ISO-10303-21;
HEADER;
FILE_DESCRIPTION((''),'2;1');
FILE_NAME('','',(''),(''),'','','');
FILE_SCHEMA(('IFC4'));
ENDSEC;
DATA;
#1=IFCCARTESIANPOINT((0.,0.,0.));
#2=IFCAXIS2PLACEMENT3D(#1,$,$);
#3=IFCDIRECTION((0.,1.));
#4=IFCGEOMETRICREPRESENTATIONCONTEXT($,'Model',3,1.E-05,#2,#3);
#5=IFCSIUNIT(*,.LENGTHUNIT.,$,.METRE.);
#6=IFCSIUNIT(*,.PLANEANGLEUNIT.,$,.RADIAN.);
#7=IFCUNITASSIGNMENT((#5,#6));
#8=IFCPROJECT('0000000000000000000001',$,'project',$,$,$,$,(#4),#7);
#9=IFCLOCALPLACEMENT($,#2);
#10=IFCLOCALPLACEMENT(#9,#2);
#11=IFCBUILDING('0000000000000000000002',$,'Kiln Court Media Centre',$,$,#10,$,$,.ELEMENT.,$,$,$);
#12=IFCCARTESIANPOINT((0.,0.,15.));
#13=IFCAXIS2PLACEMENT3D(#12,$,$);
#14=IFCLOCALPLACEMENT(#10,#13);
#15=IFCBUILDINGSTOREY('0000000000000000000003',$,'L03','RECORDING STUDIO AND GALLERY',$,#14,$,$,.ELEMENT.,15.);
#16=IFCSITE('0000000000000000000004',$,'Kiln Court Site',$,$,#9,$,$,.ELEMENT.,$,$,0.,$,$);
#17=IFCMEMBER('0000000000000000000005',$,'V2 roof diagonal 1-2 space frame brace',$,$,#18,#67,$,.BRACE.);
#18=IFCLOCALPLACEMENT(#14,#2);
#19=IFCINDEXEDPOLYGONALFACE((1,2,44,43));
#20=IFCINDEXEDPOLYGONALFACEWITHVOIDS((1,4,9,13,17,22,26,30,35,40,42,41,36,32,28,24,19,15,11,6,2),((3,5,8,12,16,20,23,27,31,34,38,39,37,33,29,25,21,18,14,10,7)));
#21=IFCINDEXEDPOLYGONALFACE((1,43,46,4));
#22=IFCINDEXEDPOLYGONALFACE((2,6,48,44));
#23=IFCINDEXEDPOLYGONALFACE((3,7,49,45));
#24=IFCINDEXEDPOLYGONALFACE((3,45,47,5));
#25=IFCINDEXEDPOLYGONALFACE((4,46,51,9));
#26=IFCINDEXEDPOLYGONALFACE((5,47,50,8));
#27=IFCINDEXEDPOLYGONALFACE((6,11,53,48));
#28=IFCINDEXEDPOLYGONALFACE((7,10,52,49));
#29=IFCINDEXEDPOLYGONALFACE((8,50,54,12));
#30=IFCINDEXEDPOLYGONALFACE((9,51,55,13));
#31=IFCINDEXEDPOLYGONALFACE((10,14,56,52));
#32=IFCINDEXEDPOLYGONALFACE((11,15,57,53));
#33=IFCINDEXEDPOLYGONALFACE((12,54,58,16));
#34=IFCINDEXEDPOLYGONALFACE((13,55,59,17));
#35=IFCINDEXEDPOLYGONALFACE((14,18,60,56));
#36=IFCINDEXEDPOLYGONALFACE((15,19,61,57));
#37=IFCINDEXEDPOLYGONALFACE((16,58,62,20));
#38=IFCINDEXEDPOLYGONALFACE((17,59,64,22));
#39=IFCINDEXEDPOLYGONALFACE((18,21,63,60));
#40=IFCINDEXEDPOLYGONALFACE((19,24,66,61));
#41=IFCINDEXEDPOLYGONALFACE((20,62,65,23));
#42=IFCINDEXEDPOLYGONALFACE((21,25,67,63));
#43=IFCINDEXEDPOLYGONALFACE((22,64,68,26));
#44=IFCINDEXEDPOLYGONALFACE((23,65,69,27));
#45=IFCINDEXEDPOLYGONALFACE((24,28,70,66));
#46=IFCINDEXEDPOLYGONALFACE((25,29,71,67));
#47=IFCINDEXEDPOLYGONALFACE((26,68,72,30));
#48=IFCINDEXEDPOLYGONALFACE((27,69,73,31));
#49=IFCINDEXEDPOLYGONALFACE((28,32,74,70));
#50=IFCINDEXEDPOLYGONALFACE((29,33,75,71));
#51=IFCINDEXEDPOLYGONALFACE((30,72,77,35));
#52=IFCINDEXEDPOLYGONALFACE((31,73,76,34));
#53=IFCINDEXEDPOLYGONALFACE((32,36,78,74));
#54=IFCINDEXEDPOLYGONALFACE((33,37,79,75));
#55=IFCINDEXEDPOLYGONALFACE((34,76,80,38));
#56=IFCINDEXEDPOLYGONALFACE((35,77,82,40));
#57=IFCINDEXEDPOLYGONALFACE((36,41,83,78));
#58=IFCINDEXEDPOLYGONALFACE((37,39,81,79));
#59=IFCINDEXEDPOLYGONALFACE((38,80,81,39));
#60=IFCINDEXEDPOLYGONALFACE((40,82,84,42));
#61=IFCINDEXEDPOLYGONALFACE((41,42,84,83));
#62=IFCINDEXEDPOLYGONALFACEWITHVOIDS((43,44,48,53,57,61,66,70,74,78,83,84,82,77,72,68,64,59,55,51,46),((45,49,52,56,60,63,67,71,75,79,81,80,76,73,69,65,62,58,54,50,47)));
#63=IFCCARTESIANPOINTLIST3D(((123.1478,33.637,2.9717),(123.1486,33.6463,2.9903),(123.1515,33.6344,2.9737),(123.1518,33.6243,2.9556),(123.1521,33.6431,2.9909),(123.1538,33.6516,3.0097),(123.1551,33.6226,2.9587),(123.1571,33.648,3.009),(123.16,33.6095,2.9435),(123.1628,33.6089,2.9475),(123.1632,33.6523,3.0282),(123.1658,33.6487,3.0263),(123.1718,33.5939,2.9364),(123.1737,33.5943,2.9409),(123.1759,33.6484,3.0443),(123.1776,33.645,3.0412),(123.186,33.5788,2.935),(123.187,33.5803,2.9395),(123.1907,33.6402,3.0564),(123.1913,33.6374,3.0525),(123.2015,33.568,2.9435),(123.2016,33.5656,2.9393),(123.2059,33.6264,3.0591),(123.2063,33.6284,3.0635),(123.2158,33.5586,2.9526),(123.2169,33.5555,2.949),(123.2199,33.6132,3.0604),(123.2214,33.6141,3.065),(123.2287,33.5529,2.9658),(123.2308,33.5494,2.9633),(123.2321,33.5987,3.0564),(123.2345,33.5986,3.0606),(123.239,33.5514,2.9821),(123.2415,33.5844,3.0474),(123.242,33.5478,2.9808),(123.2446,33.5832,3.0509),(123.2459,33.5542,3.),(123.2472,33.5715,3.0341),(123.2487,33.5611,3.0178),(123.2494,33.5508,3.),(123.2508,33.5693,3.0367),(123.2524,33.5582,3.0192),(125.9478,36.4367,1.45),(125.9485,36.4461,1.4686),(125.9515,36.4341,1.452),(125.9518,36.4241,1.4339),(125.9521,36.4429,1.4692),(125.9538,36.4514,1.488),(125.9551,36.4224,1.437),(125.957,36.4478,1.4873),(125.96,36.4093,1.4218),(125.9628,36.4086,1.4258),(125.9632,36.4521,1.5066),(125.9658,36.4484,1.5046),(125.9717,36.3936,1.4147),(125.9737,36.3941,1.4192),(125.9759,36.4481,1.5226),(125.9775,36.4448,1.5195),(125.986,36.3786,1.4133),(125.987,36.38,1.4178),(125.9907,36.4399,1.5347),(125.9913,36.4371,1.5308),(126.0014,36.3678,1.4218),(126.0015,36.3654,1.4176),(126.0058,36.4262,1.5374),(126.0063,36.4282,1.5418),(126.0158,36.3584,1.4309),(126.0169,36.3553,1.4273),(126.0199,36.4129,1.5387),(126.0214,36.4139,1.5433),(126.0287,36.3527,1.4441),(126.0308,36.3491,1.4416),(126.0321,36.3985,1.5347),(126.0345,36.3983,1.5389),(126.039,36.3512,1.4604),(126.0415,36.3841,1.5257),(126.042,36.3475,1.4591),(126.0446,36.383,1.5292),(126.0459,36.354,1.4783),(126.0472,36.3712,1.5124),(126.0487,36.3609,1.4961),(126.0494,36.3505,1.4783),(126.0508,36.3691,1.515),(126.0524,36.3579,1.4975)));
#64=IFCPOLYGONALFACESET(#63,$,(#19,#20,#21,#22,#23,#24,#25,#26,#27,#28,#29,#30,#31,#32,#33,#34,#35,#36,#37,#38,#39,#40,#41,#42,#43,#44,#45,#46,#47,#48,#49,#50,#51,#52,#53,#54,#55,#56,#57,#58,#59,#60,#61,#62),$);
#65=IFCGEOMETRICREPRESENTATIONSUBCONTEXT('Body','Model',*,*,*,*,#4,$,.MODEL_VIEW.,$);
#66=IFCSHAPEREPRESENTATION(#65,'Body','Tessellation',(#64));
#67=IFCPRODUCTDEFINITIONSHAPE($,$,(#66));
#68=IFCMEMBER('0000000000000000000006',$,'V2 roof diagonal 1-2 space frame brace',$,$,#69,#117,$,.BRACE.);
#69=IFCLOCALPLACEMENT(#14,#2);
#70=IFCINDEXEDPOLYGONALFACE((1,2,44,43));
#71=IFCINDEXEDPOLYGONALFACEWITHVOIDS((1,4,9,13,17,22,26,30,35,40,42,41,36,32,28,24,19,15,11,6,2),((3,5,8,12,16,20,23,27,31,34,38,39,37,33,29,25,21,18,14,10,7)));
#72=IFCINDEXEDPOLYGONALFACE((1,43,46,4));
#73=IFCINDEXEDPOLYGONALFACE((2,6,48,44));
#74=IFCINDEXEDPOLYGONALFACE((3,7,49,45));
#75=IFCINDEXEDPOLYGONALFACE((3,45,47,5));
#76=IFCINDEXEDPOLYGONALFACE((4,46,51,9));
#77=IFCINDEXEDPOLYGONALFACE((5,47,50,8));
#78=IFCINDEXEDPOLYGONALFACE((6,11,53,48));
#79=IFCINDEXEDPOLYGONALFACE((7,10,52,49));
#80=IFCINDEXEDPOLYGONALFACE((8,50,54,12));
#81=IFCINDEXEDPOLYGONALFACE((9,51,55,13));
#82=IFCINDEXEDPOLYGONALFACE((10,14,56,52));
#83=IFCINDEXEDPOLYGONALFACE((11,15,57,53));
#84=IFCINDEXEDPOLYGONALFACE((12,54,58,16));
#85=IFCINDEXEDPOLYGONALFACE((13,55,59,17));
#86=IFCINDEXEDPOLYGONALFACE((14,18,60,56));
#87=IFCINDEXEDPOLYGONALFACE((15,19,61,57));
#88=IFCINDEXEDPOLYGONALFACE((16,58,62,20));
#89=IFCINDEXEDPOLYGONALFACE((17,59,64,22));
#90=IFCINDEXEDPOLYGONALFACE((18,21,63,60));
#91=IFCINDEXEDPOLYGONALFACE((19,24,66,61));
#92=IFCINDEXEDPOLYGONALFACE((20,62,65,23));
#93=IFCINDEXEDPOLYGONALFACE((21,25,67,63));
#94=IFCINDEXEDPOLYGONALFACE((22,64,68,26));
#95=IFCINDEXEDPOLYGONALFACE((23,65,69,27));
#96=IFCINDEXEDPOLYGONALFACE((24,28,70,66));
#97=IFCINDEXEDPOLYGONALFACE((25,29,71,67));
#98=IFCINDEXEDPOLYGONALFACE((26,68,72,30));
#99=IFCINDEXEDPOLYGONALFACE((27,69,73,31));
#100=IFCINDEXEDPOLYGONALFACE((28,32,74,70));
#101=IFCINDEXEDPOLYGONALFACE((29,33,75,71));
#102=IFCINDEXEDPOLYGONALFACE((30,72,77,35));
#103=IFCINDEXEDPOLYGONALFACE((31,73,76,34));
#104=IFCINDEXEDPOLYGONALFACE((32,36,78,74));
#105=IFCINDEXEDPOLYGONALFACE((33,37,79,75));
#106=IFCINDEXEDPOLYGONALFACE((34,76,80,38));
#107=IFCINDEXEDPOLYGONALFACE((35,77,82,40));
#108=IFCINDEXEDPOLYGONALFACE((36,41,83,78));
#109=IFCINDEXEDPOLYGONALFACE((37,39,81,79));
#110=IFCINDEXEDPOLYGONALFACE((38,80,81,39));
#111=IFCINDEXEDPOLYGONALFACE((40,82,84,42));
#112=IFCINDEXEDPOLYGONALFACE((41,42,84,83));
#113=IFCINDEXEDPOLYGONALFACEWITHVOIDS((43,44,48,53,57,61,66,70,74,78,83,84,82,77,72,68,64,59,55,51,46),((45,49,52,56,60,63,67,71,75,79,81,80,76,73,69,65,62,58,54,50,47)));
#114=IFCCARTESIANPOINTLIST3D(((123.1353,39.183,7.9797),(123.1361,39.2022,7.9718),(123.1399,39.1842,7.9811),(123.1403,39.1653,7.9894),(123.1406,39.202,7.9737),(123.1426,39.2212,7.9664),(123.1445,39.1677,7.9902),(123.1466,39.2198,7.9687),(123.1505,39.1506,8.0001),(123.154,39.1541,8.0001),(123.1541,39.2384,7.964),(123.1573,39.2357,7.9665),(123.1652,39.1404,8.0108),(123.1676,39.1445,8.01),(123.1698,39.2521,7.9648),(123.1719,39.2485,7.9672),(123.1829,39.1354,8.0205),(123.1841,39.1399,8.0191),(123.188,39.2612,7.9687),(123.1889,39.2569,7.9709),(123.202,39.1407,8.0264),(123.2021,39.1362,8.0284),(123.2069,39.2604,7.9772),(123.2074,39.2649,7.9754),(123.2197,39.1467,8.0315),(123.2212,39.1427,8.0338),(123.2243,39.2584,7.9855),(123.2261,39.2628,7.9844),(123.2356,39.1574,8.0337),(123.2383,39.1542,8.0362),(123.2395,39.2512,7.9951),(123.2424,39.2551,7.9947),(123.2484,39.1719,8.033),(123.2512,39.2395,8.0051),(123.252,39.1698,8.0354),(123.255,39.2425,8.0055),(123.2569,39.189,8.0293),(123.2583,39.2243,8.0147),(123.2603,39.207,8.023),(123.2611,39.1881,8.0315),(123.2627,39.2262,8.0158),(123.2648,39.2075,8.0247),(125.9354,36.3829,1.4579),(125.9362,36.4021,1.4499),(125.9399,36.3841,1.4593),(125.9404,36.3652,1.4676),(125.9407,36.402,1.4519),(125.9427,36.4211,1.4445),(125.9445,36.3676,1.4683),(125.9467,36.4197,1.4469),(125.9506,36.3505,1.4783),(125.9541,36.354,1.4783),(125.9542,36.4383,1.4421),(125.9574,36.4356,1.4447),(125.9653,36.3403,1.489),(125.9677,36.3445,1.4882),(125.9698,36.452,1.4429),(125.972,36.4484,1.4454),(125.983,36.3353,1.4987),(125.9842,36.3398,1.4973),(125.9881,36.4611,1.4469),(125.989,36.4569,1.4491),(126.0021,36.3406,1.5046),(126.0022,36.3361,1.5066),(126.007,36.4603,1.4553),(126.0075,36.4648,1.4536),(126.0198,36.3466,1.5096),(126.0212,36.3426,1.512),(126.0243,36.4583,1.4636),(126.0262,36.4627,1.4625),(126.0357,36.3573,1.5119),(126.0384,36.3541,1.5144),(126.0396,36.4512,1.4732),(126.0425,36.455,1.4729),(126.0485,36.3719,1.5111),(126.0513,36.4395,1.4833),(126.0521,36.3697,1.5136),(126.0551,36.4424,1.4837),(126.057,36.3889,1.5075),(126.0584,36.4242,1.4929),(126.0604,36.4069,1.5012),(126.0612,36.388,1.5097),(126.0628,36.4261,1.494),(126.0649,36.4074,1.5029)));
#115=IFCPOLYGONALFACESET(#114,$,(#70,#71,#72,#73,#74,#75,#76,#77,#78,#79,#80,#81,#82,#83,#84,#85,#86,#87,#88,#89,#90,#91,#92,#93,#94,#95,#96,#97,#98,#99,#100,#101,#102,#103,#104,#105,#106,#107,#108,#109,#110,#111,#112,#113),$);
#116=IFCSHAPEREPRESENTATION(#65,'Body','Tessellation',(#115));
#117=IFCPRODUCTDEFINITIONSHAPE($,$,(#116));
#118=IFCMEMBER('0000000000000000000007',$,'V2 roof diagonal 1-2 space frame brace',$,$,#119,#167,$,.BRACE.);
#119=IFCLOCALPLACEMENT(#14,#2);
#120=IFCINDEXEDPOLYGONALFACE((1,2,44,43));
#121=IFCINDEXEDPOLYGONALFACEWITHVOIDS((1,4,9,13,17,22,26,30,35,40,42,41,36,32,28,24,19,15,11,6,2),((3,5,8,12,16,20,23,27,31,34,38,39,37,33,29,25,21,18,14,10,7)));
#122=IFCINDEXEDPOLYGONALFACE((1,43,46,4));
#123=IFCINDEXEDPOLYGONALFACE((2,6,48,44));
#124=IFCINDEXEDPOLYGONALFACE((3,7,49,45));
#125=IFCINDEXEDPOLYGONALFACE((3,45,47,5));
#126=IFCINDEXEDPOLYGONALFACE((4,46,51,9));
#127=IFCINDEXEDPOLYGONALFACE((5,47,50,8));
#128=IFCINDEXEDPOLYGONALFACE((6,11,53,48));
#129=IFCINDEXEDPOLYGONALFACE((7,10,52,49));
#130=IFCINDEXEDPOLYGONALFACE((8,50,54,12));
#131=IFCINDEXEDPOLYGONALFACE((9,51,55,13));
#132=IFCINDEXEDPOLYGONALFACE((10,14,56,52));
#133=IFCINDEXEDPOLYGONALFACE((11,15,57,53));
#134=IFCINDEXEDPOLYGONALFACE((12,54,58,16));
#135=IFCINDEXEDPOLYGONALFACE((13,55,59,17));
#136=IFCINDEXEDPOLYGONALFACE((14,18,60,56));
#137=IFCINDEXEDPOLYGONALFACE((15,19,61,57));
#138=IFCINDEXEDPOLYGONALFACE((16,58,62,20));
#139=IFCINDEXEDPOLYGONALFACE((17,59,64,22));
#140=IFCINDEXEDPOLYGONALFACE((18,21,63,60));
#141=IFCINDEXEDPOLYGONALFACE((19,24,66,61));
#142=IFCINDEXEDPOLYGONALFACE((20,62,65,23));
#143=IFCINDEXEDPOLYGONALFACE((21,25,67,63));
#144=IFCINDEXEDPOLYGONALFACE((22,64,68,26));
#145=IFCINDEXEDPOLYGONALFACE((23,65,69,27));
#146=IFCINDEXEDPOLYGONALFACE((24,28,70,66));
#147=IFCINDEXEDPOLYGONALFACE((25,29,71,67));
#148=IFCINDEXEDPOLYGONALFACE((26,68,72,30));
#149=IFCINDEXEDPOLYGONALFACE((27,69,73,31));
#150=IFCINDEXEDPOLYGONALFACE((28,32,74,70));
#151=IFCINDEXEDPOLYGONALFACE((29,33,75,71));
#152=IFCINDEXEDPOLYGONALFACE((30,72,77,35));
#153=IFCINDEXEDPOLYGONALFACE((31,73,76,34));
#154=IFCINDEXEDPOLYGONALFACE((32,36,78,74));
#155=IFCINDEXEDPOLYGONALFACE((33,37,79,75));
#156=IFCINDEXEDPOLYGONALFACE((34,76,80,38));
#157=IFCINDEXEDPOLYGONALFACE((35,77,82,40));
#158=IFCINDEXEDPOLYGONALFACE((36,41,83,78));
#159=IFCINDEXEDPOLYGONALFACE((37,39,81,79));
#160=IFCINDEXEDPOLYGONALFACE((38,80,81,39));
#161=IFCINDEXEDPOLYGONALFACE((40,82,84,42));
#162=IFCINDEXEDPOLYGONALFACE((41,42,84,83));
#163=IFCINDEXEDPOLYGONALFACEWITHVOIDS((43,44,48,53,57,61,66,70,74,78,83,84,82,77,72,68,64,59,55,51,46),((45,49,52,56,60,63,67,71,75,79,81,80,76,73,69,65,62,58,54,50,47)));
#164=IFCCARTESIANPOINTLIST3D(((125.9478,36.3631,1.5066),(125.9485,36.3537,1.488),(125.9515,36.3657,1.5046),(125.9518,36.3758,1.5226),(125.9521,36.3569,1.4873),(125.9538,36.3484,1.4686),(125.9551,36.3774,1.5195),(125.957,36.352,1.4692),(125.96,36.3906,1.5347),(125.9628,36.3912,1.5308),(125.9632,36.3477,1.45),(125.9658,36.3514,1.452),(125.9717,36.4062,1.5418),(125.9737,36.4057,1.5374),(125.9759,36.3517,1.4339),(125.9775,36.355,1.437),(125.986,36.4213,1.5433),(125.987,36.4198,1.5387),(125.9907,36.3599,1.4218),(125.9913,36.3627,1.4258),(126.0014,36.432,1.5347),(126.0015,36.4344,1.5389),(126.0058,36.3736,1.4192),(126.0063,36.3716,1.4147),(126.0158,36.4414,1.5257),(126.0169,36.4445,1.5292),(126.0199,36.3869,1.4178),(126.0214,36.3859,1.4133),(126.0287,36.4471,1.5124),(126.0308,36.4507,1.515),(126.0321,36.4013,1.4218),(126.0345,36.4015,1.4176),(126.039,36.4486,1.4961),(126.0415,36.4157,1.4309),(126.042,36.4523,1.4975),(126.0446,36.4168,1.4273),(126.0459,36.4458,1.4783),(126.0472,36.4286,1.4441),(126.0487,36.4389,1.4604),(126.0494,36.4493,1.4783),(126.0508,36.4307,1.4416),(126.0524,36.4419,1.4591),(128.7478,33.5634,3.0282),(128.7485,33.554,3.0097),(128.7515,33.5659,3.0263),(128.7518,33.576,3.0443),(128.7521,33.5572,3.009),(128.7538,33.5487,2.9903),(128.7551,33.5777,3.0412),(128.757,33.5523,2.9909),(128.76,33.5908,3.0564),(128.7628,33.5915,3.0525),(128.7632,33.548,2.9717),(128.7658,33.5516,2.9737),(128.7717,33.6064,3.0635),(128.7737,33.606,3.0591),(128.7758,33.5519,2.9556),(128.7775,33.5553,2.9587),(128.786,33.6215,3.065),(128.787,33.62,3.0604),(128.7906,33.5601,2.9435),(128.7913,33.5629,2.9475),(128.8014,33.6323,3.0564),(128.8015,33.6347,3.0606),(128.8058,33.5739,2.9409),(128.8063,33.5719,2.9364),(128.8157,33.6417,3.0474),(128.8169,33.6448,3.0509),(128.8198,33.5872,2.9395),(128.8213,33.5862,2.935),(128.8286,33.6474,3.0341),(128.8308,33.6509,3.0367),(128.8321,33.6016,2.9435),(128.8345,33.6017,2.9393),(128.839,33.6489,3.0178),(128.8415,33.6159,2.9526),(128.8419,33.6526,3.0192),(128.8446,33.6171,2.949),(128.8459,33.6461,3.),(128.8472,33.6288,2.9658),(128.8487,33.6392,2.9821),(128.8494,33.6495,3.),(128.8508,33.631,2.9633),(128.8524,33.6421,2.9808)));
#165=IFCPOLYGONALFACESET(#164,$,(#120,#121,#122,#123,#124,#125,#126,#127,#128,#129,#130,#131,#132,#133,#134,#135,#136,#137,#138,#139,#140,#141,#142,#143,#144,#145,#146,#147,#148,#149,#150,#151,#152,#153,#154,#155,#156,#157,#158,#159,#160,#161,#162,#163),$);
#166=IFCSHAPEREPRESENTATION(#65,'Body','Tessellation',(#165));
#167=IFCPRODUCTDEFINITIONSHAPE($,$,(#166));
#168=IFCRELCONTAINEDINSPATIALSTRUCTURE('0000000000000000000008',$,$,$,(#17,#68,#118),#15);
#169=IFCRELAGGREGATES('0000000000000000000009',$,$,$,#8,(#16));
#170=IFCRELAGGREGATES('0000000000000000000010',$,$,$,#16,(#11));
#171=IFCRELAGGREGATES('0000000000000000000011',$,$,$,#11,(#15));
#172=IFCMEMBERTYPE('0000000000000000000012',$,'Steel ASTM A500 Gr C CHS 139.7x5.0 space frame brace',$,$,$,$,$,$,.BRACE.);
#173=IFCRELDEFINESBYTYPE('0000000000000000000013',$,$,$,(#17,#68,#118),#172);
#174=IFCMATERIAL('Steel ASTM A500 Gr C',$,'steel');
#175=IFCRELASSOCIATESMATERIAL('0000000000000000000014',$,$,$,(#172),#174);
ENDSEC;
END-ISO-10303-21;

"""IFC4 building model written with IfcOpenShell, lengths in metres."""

from ifc_helpers import new_model, si_unit, direction, frame, origin, origin_2d, place, context, subcontext, project, spatial, hollow_circle, extrude, material, material_profile, profile_set, type_object, element, save


model = new_model("IFC4")

# Units and contexts
model_context = context("Model", 3, precision=1e-05, world=origin(), true_north=direction((0.0, 1.0)))
body_context = subcontext(model_context, "Body", "Model", "MODEL_VIEW")
ifc_project = project(units=[si_unit("LENGTHUNIT", "METRE"), si_unit("PLANEANGLEUNIT", "RADIAN")], contexts=[model_context])

# Site, building, storey
site_placement = place(None, origin())
site = spatial("IfcSite", under=ifc_project, at=site_placement, Name="Kiln Court Site", CompositionType="ELEMENT", RefElevation=0.0)
building_placement = place(site_placement, origin())
building = spatial("IfcBuilding", under=site, at=building_placement, Name="Kiln Court Media Centre", CompositionType="ELEMENT")
storey_placement = place(building_placement, frame((0.0, 0.0, 15.0)))
storey = spatial("IfcBuildingStorey", under=building, at=storey_placement, Name="L03", Description="RECORDING STUDIO AND GALLERY", CompositionType="ELEMENT", Elevation=15.0)

# Members
ifc_material_1 = material(Name="Steel ASTM A500 Gr C", Category="steel")
ifc_material_profile_1 = material_profile(ifc_material_1, hollow_circle(Radius=0.0698, WallThickness=0.0049, at=origin_2d()), Name="CHS 139.7x5.0")
ifc_profile_set_1 = profile_set([ifc_material_profile_1], Name="Steel ASTM A500 Gr C")
member_type_1 = type_object("IfcMemberType", Name="Steel ASTM A500 Gr C CHS 139.7x5.0 space frame brace", PredefinedType="BRACE", material=ifc_profile_set_1)
member_1_placement = place(storey_placement, frame((126.0, 36.3999, 1.4783), z_axis=(-0.660073, -0.660015, 0.358726), x_axis=(0.707076, -0.707138, 0.0)))
element("IfcMember", 1, at=member_1_placement, inside=storey, type_object=member_type_1, Name="V2 roof diagonal 1-2 space frame brace", PredefinedType="BRACE", context=body_context, shape_type="SweptSolid", body=[
    extrude(hollow_circle(Radius=0.0698, WallThickness=0.0049, at=origin_2d()), origin(), (0.0, 0.0, 1.0), 4.2419),
])
member_2_placement = place(storey_placement, frame((126.0, 36.3999, 1.4783), z_axis=(-0.36699, 0.36699, 0.854773), x_axis=(-0.707107, -0.707107, 0.0)))
element("IfcMember", 2, at=member_2_placement, inside=storey, type_object=member_type_1, Name="V2 roof diagonal 1-2 space frame brace", PredefinedType="BRACE", context=body_context, shape_type="SweptSolid", body=[
    extrude(hollow_circle(Radius=0.0698, WallThickness=0.0049, at=origin_2d()), origin(), (0.0, 0.0, 1.0), 7.6299),
])
member_3_placement = place(storey_placement, frame((126.0, 36.3999, 1.4783), z_axis=(0.660073, -0.660015, 0.358726), x_axis=(0.707076, 0.707138, 0.0)))
element("IfcMember", 3, at=member_3_placement, inside=storey, type_object=member_type_1, Name="V2 roof diagonal 1-2 space frame brace", PredefinedType="BRACE", context=body_context, shape_type="SweptSolid", body=[
    extrude(hollow_circle(Radius=0.0698, WallThickness=0.0049, at=origin_2d()), origin(), (0.0, 0.0, 1.0), 4.2419),
])

save(model, "model.ifc")
